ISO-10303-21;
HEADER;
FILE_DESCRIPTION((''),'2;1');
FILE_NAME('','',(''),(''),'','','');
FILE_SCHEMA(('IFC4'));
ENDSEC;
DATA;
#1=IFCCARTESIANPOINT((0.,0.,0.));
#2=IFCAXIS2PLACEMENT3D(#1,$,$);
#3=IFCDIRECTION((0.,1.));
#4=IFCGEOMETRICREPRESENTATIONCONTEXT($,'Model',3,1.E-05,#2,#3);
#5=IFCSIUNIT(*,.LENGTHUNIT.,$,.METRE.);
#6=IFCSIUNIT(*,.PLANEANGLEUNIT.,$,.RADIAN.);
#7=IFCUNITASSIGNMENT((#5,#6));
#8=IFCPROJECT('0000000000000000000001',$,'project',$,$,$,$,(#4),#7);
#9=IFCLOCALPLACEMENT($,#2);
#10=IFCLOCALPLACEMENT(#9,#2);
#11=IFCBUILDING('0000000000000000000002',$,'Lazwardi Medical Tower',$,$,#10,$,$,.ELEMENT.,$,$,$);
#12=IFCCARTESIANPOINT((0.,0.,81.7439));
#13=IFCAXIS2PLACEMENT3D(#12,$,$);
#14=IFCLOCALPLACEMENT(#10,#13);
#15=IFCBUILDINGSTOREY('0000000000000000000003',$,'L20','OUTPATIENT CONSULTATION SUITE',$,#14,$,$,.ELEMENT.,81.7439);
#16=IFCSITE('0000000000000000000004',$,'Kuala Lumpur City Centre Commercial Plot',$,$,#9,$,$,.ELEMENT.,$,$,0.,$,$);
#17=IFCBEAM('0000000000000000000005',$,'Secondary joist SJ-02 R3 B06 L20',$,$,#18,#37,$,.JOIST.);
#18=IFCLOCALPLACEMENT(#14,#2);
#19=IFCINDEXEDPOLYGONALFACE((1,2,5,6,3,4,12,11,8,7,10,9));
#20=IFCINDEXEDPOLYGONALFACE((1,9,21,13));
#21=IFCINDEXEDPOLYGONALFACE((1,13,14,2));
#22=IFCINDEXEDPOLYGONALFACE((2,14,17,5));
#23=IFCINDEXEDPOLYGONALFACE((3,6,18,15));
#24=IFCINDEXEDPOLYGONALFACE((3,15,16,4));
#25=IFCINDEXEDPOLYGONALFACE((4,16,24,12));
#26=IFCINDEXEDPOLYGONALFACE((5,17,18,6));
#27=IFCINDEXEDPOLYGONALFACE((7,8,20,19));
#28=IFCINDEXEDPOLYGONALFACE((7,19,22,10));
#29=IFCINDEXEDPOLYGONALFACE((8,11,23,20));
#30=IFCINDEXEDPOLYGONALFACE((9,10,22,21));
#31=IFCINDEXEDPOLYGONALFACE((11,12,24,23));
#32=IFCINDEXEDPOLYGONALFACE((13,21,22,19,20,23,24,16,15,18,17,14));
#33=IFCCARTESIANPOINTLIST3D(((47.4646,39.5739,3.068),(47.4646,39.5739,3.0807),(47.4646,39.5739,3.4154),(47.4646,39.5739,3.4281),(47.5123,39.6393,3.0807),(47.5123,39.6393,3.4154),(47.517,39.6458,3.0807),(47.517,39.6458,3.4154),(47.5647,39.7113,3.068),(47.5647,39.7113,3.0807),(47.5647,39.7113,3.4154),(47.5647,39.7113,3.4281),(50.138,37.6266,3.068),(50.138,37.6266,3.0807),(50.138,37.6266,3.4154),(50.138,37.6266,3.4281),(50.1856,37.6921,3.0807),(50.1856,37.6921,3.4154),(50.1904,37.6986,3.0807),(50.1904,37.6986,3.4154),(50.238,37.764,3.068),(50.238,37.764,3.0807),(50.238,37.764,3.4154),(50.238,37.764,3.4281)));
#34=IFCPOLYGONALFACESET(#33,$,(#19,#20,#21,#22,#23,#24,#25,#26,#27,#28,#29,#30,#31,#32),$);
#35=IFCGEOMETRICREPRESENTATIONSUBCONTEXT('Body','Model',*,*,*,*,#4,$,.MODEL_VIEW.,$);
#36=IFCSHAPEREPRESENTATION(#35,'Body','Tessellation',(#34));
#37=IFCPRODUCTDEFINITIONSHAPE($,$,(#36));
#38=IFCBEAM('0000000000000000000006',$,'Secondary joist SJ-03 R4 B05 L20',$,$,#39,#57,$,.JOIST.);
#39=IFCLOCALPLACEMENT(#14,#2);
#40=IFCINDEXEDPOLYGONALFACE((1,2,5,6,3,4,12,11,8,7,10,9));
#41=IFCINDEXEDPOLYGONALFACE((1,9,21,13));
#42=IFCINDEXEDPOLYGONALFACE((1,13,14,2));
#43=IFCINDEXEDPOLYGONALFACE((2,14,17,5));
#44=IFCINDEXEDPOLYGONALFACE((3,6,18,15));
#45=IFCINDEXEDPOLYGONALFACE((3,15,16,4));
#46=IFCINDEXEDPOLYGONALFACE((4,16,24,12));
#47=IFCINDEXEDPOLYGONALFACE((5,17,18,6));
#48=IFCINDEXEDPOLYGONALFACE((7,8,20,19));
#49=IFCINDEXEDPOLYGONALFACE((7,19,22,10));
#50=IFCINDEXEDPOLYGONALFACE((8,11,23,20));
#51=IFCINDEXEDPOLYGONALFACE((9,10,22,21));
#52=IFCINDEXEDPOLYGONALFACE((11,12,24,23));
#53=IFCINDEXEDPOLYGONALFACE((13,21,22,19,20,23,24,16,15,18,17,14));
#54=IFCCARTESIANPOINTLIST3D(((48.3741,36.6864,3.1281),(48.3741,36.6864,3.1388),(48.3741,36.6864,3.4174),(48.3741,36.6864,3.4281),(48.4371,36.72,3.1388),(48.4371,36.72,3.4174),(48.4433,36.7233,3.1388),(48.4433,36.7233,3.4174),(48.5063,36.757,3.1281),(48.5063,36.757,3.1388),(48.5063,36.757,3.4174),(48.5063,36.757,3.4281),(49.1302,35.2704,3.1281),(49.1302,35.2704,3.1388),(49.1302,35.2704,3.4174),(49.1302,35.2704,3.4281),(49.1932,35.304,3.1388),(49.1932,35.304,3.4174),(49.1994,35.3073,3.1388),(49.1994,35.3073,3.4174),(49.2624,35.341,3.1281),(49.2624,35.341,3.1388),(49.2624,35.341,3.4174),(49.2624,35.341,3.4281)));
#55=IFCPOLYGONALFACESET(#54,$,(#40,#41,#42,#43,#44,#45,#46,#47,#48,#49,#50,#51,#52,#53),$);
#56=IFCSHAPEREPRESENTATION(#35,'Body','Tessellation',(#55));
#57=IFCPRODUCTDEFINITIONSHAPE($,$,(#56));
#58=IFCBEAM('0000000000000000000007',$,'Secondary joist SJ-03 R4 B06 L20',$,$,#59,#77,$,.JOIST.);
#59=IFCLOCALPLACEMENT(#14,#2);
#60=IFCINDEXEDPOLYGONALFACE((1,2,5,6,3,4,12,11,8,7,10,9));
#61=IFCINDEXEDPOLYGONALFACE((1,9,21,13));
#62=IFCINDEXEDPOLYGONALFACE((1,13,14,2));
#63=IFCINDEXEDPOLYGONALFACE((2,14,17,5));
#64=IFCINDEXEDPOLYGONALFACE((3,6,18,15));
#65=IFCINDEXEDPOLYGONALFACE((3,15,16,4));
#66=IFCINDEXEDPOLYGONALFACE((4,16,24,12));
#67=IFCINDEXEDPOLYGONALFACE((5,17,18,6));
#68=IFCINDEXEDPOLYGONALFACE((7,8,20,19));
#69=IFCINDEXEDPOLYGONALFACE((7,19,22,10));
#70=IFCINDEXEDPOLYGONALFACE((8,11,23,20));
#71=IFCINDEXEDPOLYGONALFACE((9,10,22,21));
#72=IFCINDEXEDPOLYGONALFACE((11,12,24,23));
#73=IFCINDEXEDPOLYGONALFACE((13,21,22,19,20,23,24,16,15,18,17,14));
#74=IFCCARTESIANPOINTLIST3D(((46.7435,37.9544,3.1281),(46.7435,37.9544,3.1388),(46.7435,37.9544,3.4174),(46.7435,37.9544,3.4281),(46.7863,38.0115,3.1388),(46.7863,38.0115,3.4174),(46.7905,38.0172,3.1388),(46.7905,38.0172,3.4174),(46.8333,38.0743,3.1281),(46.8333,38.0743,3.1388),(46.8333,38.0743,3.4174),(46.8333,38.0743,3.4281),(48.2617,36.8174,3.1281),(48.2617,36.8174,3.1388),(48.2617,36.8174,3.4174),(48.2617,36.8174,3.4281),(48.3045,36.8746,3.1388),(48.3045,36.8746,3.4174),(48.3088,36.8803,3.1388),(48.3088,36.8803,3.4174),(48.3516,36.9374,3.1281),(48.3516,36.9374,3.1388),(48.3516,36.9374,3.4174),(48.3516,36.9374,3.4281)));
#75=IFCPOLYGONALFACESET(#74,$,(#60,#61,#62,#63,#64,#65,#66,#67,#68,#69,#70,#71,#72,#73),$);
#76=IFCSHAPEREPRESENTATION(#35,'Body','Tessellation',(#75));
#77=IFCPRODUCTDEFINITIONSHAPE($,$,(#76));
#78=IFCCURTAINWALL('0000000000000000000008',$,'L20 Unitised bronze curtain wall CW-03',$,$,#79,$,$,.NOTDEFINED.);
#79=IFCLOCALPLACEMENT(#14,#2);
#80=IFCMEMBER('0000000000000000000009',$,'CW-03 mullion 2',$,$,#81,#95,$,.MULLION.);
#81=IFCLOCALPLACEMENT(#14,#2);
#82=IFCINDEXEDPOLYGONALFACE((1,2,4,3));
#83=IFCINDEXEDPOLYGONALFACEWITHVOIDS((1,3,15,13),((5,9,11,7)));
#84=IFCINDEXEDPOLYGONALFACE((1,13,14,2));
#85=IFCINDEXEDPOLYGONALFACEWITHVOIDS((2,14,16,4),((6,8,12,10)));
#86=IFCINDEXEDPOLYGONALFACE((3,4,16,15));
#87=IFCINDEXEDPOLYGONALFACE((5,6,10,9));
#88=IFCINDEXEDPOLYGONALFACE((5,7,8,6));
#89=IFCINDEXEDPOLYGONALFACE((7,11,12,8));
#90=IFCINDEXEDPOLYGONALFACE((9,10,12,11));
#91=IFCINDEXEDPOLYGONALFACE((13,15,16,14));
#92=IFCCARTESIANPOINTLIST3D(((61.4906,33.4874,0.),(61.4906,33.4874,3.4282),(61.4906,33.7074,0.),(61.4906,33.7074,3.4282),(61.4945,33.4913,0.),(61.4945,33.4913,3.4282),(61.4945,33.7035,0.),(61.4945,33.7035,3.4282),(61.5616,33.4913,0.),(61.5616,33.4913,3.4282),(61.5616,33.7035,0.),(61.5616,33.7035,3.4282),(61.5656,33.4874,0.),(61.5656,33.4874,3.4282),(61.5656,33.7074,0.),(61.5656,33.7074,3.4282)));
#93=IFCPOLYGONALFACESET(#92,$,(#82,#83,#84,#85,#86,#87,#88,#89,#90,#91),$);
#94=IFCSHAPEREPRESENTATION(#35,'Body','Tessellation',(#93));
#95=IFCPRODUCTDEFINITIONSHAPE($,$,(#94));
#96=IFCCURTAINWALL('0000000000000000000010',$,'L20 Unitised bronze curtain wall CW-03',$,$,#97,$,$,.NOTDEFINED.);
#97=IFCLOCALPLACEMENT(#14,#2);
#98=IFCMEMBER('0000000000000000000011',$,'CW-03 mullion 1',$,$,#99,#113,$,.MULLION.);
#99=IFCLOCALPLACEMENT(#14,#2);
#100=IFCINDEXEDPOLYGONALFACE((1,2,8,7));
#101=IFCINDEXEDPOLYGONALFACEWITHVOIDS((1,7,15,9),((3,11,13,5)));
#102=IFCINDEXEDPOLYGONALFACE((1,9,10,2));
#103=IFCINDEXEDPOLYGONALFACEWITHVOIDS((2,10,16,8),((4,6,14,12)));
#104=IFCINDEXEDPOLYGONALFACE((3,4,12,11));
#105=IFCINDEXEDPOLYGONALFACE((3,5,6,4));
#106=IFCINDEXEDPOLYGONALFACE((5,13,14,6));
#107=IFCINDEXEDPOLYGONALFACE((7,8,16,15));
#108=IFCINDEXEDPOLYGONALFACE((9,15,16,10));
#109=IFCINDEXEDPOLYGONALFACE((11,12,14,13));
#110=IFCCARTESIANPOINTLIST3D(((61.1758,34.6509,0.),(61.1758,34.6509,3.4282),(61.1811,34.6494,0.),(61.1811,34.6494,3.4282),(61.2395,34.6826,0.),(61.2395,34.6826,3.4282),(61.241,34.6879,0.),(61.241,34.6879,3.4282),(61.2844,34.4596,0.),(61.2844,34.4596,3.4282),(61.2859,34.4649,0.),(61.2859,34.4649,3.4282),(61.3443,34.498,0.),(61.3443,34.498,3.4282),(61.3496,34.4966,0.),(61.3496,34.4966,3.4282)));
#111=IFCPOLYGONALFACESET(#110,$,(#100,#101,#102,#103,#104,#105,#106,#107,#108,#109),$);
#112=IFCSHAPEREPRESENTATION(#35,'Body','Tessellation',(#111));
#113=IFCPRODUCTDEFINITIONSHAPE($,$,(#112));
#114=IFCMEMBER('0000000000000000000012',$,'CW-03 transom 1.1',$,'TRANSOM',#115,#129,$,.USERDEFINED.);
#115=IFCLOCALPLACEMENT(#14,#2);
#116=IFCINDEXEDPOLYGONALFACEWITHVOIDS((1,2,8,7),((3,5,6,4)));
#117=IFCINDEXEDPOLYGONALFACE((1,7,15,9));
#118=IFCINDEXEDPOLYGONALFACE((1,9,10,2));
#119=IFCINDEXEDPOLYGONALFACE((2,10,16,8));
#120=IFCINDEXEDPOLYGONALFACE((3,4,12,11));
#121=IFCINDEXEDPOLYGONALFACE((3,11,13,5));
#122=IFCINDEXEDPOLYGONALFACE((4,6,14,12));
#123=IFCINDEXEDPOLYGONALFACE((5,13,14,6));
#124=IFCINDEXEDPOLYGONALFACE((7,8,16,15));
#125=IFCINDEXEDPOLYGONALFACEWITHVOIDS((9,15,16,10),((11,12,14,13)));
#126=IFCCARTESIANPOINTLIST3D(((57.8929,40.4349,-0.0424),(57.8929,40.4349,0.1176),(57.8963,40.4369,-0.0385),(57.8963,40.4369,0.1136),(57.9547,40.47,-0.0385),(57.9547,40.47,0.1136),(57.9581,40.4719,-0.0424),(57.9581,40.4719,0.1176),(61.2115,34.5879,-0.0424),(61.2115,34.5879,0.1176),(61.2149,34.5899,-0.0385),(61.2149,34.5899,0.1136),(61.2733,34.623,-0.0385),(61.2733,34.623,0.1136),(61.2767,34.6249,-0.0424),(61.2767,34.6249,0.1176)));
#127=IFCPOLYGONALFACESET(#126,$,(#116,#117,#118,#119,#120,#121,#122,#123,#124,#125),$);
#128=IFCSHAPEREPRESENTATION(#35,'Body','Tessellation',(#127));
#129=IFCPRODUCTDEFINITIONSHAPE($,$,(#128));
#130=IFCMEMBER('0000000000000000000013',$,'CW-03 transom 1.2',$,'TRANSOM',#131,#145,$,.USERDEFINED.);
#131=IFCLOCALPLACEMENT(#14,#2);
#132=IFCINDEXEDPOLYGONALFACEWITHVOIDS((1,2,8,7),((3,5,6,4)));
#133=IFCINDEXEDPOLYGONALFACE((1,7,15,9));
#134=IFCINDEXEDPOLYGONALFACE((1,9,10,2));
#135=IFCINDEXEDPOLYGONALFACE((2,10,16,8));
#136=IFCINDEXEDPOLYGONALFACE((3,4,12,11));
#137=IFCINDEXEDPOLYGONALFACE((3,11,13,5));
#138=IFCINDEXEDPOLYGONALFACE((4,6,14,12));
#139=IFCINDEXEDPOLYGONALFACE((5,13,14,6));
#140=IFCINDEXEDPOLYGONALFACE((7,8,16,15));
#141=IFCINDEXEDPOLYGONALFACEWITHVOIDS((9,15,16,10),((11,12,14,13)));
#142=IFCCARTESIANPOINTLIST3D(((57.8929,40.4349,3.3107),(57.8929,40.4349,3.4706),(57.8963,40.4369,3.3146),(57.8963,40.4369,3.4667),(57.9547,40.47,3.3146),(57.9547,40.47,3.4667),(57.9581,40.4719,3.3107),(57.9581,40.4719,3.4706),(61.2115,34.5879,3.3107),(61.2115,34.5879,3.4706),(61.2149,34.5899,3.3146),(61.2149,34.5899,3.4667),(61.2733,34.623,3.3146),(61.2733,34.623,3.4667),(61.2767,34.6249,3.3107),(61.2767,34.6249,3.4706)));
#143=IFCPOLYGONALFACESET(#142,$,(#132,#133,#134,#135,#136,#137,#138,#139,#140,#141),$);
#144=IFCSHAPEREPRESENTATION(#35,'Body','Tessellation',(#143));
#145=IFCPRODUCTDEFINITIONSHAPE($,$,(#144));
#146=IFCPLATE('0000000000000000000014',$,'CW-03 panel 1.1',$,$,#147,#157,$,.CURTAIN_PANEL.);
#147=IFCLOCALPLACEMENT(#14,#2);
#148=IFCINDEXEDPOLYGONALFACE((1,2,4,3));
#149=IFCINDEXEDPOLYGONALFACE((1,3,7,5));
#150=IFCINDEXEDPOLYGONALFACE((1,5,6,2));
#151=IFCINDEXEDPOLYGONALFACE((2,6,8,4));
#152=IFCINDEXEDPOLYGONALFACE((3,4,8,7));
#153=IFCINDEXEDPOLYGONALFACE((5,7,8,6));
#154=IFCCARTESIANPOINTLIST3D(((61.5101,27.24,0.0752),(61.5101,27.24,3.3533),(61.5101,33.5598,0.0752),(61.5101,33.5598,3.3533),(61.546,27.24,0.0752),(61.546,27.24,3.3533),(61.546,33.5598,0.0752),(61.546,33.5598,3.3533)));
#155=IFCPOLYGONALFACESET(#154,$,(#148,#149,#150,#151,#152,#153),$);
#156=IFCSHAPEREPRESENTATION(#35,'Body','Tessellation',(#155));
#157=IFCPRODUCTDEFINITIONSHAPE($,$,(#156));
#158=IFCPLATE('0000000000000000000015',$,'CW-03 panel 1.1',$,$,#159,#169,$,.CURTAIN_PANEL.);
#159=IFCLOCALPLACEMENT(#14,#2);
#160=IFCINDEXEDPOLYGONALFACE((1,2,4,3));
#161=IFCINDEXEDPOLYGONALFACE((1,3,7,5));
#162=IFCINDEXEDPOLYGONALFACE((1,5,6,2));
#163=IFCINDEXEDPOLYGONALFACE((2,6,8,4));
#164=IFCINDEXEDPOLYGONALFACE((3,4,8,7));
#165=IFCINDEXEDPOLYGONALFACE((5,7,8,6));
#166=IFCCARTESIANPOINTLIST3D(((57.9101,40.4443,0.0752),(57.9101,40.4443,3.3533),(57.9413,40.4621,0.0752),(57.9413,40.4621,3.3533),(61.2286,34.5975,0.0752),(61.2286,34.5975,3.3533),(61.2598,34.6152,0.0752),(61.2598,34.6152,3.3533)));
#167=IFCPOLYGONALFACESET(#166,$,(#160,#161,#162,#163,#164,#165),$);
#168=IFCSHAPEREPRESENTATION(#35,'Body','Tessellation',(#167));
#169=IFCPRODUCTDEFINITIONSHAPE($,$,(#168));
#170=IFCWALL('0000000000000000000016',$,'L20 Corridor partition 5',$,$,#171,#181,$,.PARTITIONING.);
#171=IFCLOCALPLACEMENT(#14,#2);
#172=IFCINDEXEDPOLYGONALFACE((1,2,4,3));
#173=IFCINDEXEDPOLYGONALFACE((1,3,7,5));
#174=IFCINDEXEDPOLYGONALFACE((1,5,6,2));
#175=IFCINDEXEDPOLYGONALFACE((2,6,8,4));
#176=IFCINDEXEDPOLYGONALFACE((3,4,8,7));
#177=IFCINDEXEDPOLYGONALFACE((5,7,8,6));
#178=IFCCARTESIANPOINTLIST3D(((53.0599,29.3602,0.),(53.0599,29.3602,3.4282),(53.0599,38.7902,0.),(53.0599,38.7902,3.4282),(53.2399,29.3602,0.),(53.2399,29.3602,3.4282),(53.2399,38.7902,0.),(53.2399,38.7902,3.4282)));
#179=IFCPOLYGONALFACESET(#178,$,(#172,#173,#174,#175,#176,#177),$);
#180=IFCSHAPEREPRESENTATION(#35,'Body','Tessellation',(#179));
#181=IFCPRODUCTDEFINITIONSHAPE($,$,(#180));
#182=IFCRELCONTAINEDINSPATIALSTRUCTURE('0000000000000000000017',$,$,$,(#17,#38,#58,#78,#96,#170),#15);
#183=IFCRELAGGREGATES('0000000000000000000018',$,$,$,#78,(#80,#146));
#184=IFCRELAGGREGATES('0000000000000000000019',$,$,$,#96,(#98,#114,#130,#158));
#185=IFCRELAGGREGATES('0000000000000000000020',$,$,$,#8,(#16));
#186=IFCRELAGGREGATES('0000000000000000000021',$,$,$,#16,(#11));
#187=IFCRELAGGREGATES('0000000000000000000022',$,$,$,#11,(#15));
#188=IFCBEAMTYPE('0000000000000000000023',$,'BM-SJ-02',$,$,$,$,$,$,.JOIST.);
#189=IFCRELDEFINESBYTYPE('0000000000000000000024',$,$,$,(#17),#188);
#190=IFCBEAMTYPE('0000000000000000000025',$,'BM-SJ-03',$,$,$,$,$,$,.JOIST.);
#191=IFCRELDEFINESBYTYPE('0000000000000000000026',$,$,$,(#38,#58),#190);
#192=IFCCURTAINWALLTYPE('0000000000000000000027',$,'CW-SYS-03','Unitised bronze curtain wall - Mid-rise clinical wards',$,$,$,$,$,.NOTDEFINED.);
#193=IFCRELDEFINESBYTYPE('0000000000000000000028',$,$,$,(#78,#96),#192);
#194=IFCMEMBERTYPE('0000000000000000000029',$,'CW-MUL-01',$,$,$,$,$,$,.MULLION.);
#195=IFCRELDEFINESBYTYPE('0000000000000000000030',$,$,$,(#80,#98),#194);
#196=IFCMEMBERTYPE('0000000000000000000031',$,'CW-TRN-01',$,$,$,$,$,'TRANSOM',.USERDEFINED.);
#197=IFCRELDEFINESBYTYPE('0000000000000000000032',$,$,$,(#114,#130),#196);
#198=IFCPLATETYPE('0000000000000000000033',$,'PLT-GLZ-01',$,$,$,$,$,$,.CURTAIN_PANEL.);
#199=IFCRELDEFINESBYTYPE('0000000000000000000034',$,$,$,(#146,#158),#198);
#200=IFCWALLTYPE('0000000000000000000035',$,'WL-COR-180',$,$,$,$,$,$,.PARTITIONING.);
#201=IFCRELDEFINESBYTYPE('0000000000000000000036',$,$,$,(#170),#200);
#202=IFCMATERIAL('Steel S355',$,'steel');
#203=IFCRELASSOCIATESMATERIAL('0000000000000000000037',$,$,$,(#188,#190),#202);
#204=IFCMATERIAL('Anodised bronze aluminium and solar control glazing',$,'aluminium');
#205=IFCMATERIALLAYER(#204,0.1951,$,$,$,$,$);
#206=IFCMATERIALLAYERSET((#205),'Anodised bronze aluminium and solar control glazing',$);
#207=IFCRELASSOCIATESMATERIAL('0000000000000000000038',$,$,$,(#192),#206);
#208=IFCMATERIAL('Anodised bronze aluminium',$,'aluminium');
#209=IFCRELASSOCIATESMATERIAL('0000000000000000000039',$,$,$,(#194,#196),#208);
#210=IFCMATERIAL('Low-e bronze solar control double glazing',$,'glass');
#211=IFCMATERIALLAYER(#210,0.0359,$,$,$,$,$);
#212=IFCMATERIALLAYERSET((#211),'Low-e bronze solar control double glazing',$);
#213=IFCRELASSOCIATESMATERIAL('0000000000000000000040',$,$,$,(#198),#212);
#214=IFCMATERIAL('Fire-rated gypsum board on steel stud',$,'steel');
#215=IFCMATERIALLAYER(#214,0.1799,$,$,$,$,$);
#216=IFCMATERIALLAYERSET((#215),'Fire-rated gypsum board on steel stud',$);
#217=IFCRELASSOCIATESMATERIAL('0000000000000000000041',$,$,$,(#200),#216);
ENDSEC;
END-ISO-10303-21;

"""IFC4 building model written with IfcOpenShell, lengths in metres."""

from ifc_helpers import new_model, si_unit, direction, frame, frame_2d, origin, origin_2d, place, context, subcontext, project, spatial, rectangle, hollow_rectangle, i_section, extrude, material, layer, layer_set, material_profile, profile_set, type_object, element, aggregate, save


model = new_model("IFC4")

# Units and contexts
model_context = context("Model", 3, precision=1e-05, world=origin(), true_north=direction((0.0, 1.0)))
body_context = subcontext(model_context, "Body", "Model", "MODEL_VIEW")
ifc_project = project(units=[si_unit("LENGTHUNIT", "METRE"), si_unit("PLANEANGLEUNIT", "RADIAN")], contexts=[model_context])

# Site, building, storey
site_placement = place(None, origin())
site = spatial("IfcSite", under=ifc_project, at=site_placement, Name="Kuala Lumpur City Centre Commercial Plot", CompositionType="ELEMENT", RefElevation=0.0)
building_placement = place(site_placement, origin())
building = spatial("IfcBuilding", under=site, at=building_placement, Name="Lazwardi Medical Tower", CompositionType="ELEMENT")
storey_placement = place(building_placement, frame((0.0, 0.0, 81.7439)))
storey = spatial("IfcBuildingStorey", under=building, at=storey_placement, Name="L20", Description="OUTPATIENT CONSULTATION SUITE", CompositionType="ELEMENT", Elevation=81.7439)

# Beams
ifc_material_1 = material(Name="Steel S355", Category="steel")
ifc_material_profile_1 = material_profile(ifc_material_1, i_section(OverallWidth=0.1699, OverallDepth=0.3601, WebThickness=0.0081, FlangeThickness=0.0127, at=origin_2d()), Name="IPE 360")
ifc_profile_set_1 = profile_set([ifc_material_profile_1], Name="Steel S355")
beam_type_1 = type_object("IfcBeamType", Name="BM-SJ-02", PredefinedType="JOIST", material=ifc_profile_set_1)
beam_1_placement = place(storey_placement, frame((50.188, 37.6953, 3.248), z_axis=(-0.808302, 0.588768, 0.0), x_axis=(-0.588768, -0.808302, 0.0)))
element("IfcBeam", 1, at=beam_1_placement, inside=storey, type_object=beam_type_1, Name="Secondary joist SJ-02 R3 B06 L20", PredefinedType="JOIST", context=body_context, shape_type="SweptSolid", body=[
    extrude(i_section(OverallWidth=0.1699, OverallDepth=0.3601, WebThickness=0.0081, FlangeThickness=0.0127, at=origin_2d()), origin(), (0.0, 0.0, 1.0), 3.3074),
])
ifc_material_profile_2 = material_profile(ifc_material_1, i_section(OverallWidth=0.1499, OverallDepth=0.3, WebThickness=0.0071, FlangeThickness=0.0107, at=origin_2d()), Name="IPE 300")
ifc_profile_set_2 = profile_set([ifc_material_profile_2], Name="Steel S355")
beam_type_2 = type_object("IfcBeamType", Name="BM-SJ-03", PredefinedType="JOIST", material=ifc_profile_set_2)
beam_2_placement = place(storey_placement, frame((49.1963, 35.3057, 3.2781), z_axis=(-0.471022, 0.882121, 0.0), x_axis=(-0.882121, -0.471022, 0.0)))
element("IfcBeam", 2, at=beam_2_placement, inside=storey, type_object=beam_type_2, Name="Secondary joist SJ-03 R4 B05 L20", PredefinedType="JOIST", context=body_context, shape_type="SweptSolid", body=[
    extrude(i_section(OverallWidth=0.1499, OverallDepth=0.3, WebThickness=0.0071, FlangeThickness=0.0107, at=origin_2d()), origin(), (0.0, 0.0, 1.0), 1.6052),
])
beam_3_placement = place(storey_placement, frame((48.3066, 36.8774, 3.2781), z_axis=(-0.800448, 0.599403, 0.0), x_axis=(-0.599403, -0.800448, 0.0)))
element("IfcBeam", 3, at=beam_3_placement, inside=storey, type_object=beam_type_2, Name="Secondary joist SJ-03 R4 B06 L20", PredefinedType="JOIST", context=body_context, shape_type="SweptSolid", body=[
    extrude(i_section(OverallWidth=0.1499, OverallDepth=0.3, WebThickness=0.0071, FlangeThickness=0.0107, at=origin_2d()), origin(), (0.0, 0.0, 1.0), 1.8967),
])

# Curtain wall, member
ifc_material_2 = material(Name="Anodised bronze aluminium and solar control glazing", Category="aluminium")
ifc_layer_1 = layer(ifc_material_2, 0.1951)
ifc_layer_set_1 = layer_set([ifc_layer_1], Name="Anodised bronze aluminium and solar control glazing")
curtain_wall_type = type_object("IfcCurtainWallType", Name="CW-SYS-03", Description="Unitised bronze curtain wall - Mid-rise clinical wards", PredefinedType="NOTDEFINED", material=ifc_layer_set_1)
curtain_wall_1_placement = place(storey_placement, origin())
curtain_wall_1 = element("IfcCurtainWall", 4, at=curtain_wall_1_placement, inside=storey, type_object=curtain_wall_type, Name="L20 Unitised bronze curtain wall CW-03", PredefinedType="NOTDEFINED")
ifc_material_3 = material(Name="Anodised bronze aluminium", Category="aluminium")
ifc_material_profile_3 = material_profile(ifc_material_3, hollow_rectangle(XDim=0.075, YDim=0.22, WallThickness=0.0039, at=origin_2d()), Name="ALU-MULLION 220x75x4")
ifc_profile_set_3 = profile_set([ifc_material_profile_3], Name="Anodised bronze aluminium")
member_type_1 = type_object("IfcMemberType", Name="CW-MUL-01", PredefinedType="MULLION", material=ifc_profile_set_3)
member_1_placement = place(storey_placement, frame((61.5281, 33.5974, 0.0), z_axis=(0.0, 0.0, 1.0), x_axis=(-1.0, 0.0, 0.0)))
member_1 = element("IfcMember", 5, at=member_1_placement, type_object=member_type_1, Name="CW-03 mullion 2", PredefinedType="MULLION", context=body_context, shape_type="SweptSolid", body=[
    extrude(hollow_rectangle(XDim=0.075, YDim=0.22, WallThickness=0.0039, at=origin_2d()), origin(), (0.0, 0.0, 1.0), 3.4282),
])

# Curtain wall, members
curtain_wall_2_placement = place(storey_placement, origin())
curtain_wall_2 = element("IfcCurtainWall", 6, at=curtain_wall_2_placement, inside=storey, type_object=curtain_wall_type, Name="L20 Unitised bronze curtain wall CW-03", PredefinedType="NOTDEFINED")
member_2_placement = place(storey_placement, frame((61.2627, 34.5737, 0.0), z_axis=(0.0, 0.0, 1.0), x_axis=(-0.869687, -0.493603, 0.0)))
member_2 = element("IfcMember", 7, at=member_2_placement, type_object=member_type_1, Name="CW-03 mullion 1", PredefinedType="MULLION", context=body_context, shape_type="SweptSolid", body=[
    extrude(hollow_rectangle(XDim=0.075, YDim=0.22, WallThickness=0.0039, at=origin_2d()), origin(), (0.0, 0.0, 1.0), 3.4282),
])
ifc_material_profile_4 = material_profile(ifc_material_3, hollow_rectangle(XDim=0.075, YDim=0.1599, WallThickness=0.0039, at=origin_2d()), Name="ALU-TRANSOM 160x75x4")
ifc_profile_set_4 = profile_set([ifc_material_profile_4], Name="Anodised bronze aluminium")
member_type_2 = type_object("IfcMemberType", Name="CW-TRN-01", ElementType="TRANSOM", PredefinedType="USERDEFINED", material=ifc_profile_set_4)
member_3_placement = place(storey_placement, frame((61.2441, 34.6064, 0.0376), z_axis=(-0.493614, 0.869681, 0.0), x_axis=(-0.869681, -0.493614, 0.0)))
member_3 = element("IfcMember", 8, at=member_3_placement, type_object=member_type_2, Name="CW-03 transom 1.1", ObjectType="TRANSOM", PredefinedType="USERDEFINED", context=body_context, shape_type="SweptSolid", body=[
    extrude(hollow_rectangle(XDim=0.075, YDim=0.1599, WallThickness=0.0039, at=origin_2d()), origin(), (0.0, 0.0, 1.0), 6.7231),
])
member_4_placement = place(storey_placement, frame((61.2441, 34.6064, 3.3906), z_axis=(-0.493614, 0.869681, 0.0), x_axis=(-0.869681, -0.493614, 0.0)))
member_4 = element("IfcMember", 9, at=member_4_placement, type_object=member_type_2, Name="CW-03 transom 1.2", ObjectType="TRANSOM", PredefinedType="USERDEFINED", context=body_context, shape_type="SweptSolid", body=[
    extrude(hollow_rectangle(XDim=0.075, YDim=0.1599, WallThickness=0.0039, at=origin_2d()), origin(), (0.0, 0.0, 1.0), 6.7231),
])

# Plates
ifc_material_4 = material(Name="Low-e bronze solar control double glazing", Category="glass")
ifc_layer_2 = layer(ifc_material_4, 0.0359)
ifc_layer_set_2 = layer_set([ifc_layer_2], Name="Low-e bronze solar control double glazing")
plate_type = type_object("IfcPlateType", Name="PLT-GLZ-01", PredefinedType="CURTAIN_PANEL", material=ifc_layer_set_2)
plate_1_placement = place(storey_placement, frame((61.5281, 30.3999, 0.0752), z_axis=(0.0, 0.0, 1.0), x_axis=(0.0, 1.0, 0.0)))
plate_1 = element("IfcPlate", 10, at=plate_1_placement, type_object=plate_type, Name="CW-03 panel 1.1", PredefinedType="CURTAIN_PANEL", context=body_context, shape_type="SweptSolid", body=[
    extrude(rectangle(XDim=6.3198, YDim=0.0359, at=origin_2d()), origin(), (0.0, 0.0, 1.0), 3.2781),
])
aggregate(curtain_wall_1, [member_1, plate_1])
plate_2_placement = place(storey_placement, frame((59.585, 37.5298, 0.0752), z_axis=(0.0, 0.0, 1.0), x_axis=(-0.493603, 0.869687, 0.0)))
plate_2 = element("IfcPlate", 11, at=plate_2_placement, type_object=plate_type, Name="CW-03 panel 1.1", PredefinedType="CURTAIN_PANEL", context=body_context, shape_type="SweptSolid", body=[
    extrude(rectangle(XDim=6.7229, YDim=0.0359, at=origin_2d()), origin(), (0.0, 0.0, 1.0), 3.2781),
])
aggregate(curtain_wall_2, [member_2, member_3, member_4, plate_2])

# Wall
ifc_material_5 = material(Name="Fire-rated gypsum board on steel stud", Category="steel")
ifc_layer_3 = layer(ifc_material_5, 0.1799)
ifc_layer_set_3 = layer_set([ifc_layer_3], Name="Fire-rated gypsum board on steel stud")
wall_type_1 = type_object("IfcWallType", Name="WL-COR-180", PredefinedType="PARTITIONING", material=ifc_layer_set_3)
wall_1_placement = place(storey_placement, frame((53.1499, 38.79, 0.0), z_axis=(0.0, 0.0, 1.0), x_axis=(0.0, -1.0, 0.0)))
element("IfcWall", 12, at=wall_1_placement, inside=storey, type_object=wall_type_1, Name="L20 Corridor partition 5", PredefinedType="PARTITIONING", context=body_context, shape_type="SweptSolid", body=[
    extrude(rectangle(XDim=9.4299, YDim=0.1799, at=frame_2d((4.7148, 0.0))), origin(), (0.0, 0.0, 1.0), 3.4282),
])

save(model, "model.ifc")
